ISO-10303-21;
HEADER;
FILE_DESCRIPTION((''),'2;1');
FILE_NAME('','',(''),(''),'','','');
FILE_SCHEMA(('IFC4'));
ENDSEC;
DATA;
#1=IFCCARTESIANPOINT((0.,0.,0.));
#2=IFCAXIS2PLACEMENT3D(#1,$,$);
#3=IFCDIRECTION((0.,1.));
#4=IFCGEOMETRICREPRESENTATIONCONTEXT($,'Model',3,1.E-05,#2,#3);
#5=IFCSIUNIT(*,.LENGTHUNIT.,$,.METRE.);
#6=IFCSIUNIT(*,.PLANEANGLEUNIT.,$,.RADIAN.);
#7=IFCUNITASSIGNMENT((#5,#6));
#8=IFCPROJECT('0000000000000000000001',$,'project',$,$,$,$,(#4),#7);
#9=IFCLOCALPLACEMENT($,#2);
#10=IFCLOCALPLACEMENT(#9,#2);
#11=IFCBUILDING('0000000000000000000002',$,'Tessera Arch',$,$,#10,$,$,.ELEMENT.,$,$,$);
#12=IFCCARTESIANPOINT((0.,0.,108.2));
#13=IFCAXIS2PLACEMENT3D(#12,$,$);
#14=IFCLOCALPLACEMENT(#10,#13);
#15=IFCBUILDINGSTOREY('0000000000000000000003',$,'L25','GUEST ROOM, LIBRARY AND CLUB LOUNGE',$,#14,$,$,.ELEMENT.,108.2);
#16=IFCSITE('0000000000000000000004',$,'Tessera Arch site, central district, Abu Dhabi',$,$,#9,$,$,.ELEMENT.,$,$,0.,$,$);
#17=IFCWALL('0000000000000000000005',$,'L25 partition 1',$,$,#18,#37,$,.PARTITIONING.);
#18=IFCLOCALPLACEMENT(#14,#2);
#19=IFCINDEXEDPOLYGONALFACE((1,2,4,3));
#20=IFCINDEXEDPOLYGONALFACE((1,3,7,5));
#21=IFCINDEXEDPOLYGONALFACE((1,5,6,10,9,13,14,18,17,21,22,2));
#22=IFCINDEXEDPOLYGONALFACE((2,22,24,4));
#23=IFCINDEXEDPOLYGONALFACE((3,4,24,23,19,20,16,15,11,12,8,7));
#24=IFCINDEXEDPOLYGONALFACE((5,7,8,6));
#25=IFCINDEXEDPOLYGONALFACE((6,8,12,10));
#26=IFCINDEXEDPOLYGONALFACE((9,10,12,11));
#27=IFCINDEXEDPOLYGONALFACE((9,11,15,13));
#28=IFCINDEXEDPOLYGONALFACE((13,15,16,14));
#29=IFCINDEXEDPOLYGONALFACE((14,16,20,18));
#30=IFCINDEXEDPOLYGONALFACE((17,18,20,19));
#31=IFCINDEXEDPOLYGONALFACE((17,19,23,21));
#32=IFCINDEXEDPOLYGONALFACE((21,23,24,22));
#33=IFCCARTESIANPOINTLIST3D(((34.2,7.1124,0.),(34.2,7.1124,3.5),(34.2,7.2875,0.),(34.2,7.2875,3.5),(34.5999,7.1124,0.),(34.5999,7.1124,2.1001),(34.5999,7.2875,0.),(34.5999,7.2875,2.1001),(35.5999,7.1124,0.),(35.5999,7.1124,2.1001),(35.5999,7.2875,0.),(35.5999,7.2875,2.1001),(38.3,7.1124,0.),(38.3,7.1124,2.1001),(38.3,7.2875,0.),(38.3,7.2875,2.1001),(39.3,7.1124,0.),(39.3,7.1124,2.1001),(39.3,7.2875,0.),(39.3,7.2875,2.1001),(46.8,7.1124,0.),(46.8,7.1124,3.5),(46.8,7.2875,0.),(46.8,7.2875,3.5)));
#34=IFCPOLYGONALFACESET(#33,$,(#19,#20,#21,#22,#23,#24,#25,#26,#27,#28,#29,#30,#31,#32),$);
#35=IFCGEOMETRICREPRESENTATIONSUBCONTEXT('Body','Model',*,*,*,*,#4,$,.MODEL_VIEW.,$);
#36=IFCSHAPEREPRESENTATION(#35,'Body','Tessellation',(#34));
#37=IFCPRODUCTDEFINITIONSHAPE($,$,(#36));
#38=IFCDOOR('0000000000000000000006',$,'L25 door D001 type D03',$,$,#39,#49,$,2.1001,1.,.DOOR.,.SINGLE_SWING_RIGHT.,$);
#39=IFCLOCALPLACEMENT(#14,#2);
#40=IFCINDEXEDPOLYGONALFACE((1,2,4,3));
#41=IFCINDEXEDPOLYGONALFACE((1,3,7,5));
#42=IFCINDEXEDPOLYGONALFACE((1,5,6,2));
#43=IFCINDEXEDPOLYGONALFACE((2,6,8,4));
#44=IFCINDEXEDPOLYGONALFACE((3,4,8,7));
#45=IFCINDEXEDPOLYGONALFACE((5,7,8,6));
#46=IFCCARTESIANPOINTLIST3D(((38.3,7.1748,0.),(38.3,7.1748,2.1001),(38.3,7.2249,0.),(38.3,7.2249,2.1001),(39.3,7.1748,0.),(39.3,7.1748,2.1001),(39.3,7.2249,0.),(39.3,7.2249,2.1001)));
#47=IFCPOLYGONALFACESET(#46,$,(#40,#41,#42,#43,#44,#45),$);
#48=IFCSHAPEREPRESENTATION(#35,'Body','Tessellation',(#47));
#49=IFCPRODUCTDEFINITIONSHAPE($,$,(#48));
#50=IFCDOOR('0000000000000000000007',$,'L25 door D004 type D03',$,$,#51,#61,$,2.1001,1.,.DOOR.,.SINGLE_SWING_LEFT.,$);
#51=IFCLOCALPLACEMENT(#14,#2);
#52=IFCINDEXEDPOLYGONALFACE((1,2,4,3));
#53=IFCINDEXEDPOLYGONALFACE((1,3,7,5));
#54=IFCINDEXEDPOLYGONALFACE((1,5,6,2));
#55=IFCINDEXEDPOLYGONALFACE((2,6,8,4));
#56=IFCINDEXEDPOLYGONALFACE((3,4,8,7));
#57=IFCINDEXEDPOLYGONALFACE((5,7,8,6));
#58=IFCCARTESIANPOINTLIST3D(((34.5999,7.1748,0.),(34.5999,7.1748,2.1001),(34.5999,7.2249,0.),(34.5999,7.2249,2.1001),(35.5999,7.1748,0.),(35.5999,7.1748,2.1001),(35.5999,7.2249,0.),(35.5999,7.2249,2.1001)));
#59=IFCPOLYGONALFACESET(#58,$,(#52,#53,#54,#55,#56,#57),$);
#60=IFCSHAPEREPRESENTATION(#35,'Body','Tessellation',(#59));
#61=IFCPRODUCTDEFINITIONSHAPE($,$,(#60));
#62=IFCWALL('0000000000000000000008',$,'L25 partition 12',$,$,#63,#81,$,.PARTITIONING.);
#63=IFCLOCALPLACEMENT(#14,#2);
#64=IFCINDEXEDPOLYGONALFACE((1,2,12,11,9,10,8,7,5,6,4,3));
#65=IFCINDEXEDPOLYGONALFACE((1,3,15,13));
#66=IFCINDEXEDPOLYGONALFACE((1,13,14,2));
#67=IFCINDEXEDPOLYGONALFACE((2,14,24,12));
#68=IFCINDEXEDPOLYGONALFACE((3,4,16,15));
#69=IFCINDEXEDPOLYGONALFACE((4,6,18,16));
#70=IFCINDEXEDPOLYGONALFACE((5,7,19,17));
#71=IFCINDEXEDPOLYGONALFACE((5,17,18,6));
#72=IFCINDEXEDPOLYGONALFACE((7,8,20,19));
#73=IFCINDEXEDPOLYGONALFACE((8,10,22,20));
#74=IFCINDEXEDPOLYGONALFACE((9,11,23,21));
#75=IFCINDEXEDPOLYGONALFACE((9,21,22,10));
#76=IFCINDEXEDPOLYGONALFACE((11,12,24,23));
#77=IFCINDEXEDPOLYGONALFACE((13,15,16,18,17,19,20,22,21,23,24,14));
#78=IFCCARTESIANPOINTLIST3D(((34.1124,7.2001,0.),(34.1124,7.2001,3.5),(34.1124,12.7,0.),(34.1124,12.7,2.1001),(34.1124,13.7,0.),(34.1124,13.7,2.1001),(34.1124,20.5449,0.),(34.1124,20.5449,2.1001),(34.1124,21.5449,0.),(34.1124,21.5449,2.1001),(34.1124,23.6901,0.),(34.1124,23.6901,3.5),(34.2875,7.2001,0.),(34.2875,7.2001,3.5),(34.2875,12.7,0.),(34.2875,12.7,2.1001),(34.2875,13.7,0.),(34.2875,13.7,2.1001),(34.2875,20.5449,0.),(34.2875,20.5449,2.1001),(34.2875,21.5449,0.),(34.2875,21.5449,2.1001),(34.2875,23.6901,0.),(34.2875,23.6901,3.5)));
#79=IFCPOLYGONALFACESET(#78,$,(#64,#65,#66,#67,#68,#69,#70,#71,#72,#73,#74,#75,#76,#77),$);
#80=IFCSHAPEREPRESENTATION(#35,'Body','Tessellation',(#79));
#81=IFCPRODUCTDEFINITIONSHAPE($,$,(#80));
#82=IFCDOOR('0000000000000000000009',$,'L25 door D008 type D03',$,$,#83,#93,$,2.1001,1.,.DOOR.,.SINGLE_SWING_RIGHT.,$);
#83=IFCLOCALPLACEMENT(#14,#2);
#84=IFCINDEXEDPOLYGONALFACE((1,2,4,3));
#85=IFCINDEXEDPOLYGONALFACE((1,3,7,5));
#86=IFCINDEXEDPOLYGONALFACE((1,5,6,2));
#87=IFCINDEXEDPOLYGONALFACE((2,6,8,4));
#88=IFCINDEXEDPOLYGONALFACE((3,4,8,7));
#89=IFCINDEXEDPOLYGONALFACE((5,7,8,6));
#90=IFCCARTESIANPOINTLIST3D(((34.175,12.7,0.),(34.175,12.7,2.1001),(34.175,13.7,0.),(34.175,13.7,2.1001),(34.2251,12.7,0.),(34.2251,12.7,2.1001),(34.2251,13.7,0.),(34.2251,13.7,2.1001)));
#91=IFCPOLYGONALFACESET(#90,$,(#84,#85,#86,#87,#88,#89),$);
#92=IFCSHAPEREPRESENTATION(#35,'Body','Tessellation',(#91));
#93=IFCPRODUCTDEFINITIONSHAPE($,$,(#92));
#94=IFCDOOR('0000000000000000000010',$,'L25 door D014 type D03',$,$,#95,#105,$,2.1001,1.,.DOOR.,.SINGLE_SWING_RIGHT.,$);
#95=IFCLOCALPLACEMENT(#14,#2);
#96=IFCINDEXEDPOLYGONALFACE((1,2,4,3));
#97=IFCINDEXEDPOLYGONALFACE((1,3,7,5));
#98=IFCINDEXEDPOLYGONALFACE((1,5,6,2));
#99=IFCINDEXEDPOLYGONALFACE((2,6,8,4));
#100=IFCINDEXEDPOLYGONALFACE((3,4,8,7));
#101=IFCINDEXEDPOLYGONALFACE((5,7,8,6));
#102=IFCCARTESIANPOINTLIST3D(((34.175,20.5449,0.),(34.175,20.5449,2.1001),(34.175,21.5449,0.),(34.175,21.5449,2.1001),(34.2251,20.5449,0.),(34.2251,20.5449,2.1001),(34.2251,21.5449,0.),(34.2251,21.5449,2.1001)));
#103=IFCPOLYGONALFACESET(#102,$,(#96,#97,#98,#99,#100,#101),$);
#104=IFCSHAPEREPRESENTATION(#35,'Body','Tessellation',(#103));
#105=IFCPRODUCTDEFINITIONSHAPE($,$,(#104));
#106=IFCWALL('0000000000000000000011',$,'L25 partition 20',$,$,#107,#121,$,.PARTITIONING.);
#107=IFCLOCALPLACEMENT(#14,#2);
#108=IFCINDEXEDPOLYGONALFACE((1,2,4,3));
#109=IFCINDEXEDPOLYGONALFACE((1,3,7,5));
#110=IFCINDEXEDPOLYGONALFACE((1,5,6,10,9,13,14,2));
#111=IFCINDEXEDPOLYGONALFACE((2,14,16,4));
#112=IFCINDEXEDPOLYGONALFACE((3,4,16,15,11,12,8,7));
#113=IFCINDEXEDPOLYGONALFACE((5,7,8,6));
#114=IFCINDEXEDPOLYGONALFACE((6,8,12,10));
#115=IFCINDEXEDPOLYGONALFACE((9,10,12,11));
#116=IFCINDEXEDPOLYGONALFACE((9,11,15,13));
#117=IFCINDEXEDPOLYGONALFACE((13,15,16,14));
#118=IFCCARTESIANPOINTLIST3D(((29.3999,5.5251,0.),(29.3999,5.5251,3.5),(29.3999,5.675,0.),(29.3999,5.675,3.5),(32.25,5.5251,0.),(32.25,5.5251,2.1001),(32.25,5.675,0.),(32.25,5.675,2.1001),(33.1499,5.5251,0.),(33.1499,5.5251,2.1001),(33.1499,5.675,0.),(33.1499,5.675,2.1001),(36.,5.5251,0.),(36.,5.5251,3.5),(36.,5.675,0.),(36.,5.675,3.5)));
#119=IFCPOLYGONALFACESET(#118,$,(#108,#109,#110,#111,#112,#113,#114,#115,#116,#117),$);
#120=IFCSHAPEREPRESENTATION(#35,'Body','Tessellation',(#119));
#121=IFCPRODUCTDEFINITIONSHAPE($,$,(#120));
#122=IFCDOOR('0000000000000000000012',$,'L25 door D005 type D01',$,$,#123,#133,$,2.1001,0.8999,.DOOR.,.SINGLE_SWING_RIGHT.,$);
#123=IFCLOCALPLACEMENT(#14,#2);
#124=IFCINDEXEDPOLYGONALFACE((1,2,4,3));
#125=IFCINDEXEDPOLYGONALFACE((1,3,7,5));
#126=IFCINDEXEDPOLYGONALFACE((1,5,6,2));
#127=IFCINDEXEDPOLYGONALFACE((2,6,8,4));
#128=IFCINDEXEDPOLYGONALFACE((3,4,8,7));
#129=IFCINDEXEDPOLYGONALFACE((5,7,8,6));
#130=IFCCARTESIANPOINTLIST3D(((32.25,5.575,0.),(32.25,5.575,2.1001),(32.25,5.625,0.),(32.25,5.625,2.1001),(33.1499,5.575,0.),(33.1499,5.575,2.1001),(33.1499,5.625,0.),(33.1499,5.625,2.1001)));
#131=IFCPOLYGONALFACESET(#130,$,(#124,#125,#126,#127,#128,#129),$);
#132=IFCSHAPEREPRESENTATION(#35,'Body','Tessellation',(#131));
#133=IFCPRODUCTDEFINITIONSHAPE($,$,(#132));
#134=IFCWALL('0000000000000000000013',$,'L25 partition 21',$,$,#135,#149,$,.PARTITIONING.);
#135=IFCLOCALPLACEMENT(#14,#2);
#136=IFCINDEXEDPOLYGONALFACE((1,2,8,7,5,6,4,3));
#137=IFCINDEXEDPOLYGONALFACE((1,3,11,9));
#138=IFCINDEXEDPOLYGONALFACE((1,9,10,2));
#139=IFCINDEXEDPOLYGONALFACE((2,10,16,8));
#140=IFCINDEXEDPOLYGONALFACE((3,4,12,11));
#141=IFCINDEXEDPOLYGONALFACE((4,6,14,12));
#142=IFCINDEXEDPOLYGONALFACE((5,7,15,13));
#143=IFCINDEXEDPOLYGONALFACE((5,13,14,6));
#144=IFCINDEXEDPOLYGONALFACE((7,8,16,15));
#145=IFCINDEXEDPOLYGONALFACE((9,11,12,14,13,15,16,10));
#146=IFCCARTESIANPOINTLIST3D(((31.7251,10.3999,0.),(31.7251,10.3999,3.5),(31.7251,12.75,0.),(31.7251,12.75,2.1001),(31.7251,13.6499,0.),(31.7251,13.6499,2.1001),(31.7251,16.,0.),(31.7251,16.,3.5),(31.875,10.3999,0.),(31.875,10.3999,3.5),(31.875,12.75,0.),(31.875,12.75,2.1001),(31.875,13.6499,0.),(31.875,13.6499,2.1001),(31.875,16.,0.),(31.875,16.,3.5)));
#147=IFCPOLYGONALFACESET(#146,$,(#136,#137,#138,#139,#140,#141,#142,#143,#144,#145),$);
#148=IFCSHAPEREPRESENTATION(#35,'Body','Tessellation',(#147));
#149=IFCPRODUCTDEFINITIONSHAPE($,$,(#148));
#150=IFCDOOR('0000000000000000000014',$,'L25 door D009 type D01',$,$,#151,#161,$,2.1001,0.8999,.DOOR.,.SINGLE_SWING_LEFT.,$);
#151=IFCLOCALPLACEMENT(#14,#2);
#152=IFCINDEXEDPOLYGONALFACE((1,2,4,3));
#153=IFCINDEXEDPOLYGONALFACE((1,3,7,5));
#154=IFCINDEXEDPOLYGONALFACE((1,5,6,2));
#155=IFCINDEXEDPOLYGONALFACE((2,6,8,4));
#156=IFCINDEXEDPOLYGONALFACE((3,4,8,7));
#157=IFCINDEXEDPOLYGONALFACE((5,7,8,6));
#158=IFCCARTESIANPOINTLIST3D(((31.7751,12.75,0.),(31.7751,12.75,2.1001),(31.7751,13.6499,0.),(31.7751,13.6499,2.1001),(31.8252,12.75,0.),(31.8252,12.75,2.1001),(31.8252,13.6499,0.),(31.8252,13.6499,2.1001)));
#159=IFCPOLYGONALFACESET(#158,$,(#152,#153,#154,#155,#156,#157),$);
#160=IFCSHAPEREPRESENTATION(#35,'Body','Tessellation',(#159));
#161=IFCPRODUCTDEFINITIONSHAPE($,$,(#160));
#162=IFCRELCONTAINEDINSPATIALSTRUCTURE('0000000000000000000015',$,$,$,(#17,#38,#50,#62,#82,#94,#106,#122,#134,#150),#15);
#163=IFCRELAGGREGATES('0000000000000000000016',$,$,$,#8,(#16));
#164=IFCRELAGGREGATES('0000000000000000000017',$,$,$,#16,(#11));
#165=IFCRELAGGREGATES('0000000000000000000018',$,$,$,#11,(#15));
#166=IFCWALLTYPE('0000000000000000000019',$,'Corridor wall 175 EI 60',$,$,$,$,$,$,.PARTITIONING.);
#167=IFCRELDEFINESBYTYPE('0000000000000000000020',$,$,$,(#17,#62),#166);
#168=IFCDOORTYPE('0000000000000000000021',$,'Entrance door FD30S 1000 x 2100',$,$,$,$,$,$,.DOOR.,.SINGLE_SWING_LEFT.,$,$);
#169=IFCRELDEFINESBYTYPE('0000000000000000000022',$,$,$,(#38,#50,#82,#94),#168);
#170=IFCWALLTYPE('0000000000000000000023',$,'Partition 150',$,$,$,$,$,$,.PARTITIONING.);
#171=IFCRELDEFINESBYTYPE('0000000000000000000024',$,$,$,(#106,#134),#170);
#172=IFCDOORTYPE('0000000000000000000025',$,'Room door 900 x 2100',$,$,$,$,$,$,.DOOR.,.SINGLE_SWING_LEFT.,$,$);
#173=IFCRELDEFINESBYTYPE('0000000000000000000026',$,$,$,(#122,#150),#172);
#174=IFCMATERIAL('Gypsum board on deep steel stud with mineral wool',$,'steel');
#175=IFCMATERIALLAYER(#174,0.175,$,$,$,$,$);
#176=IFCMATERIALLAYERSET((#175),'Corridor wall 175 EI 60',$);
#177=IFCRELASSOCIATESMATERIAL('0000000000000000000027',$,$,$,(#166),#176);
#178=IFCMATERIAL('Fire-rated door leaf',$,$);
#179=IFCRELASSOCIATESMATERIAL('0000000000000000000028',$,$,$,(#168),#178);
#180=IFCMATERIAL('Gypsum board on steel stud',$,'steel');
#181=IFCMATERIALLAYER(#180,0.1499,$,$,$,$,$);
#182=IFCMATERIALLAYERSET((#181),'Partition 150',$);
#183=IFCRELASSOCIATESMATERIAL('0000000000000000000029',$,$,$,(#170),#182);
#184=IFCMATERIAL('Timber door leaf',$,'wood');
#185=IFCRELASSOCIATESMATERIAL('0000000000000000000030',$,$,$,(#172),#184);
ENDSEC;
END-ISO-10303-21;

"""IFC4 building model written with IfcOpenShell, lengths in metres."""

from ifc_helpers import new_model, si_unit, direction, frame, frame_2d, origin, place, context, subcontext, project, spatial, rectangle, extrude, material, layer, layer_set, type_object, element, fill, save


model = new_model("IFC4")

# Units and contexts
model_context = context("Model", 3, precision=1e-05, world=origin(), true_north=direction((0.0, 1.0)))
body_context = subcontext(model_context, "Body", "Model", "MODEL_VIEW")
ifc_project = project(units=[si_unit("LENGTHUNIT", "METRE"), si_unit("PLANEANGLEUNIT", "RADIAN")], contexts=[model_context])

# Site, building, storey
site_placement = place(None, origin())
site = spatial("IfcSite", under=ifc_project, at=site_placement, Name="Tessera Arch site, central district, Abu Dhabi", CompositionType="ELEMENT", RefElevation=0.0)
building_placement = place(site_placement, origin())
building = spatial("IfcBuilding", under=site, at=building_placement, Name="Tessera Arch", CompositionType="ELEMENT")
storey_placement = place(building_placement, frame((0.0, 0.0, 108.2)))
storey = spatial("IfcBuildingStorey", under=building, at=storey_placement, Name="L25", Description="GUEST ROOM, LIBRARY AND CLUB LOUNGE", CompositionType="ELEMENT", Elevation=108.2)

# Walls, openings, doors
ifc_material_1 = material(Name="Gypsum board on deep steel stud with mineral wool", Category="steel")
ifc_layer_1 = layer(ifc_material_1, 0.175)
ifc_layer_set_1 = layer_set([ifc_layer_1], Name="Corridor wall 175 EI 60")
wall_type_1 = type_object("IfcWallType", Name="Corridor wall 175 EI 60", PredefinedType="PARTITIONING", material=ifc_layer_set_1)
wall_1_placement = place(storey_placement, frame((34.2, 7.2, 0.0), z_axis=(0.0, 0.0, 1.0), x_axis=(1.0, 0.0, 0.0)))
wall_1 = element("IfcWall", 1, at=wall_1_placement, inside=storey, type_object=wall_type_1, Name="L25 partition 1", PredefinedType="PARTITIONING", context=body_context, shape_type="SweptSolid", body=[
    extrude(rectangle(XDim=12.6001, YDim=0.175, at=frame_2d((6.3, 0.0))), origin(), (0.0, 0.0, 1.0), 3.5),
])
opening_1_placement = place(wall_1_placement, frame((4.1001, 0.0, 0.0)))
opening_1 = element("IfcOpeningElement", 2, at=opening_1_placement, cuts=wall_1, PredefinedType="OPENING", context=body_context, shape_type="SweptSolid", body=[
    extrude(rectangle(XDim=1.0, YDim=2.1001, at=frame_2d((0.5, 1.05))), frame((0.0, 0.0974, 0.0), z_axis=(0.0, -1.0, 0.0), x_axis=(1.0, 0.0, 0.0)), (0.0, 0.0, 1.0), 0.1951),
])
opening_2_placement = place(wall_1_placement, frame((0.3999, 0.0, 0.0)))
opening_2 = element("IfcOpeningElement", 3, at=opening_2_placement, cuts=wall_1, PredefinedType="OPENING", context=body_context, shape_type="SweptSolid", body=[
    extrude(rectangle(XDim=1.0, YDim=2.1001, at=frame_2d((0.5, 1.05))), frame((0.0, 0.0974, 0.0), z_axis=(0.0, -1.0, 0.0), x_axis=(1.0, 0.0, 0.0)), (0.0, 0.0, 1.0), 0.1951),
])
ifc_material_2 = material(Name="Fire-rated door leaf")
door_type_1 = type_object("IfcDoorType", Name="Entrance door FD30S 1000 x 2100", OperationType="SINGLE_SWING_LEFT", PredefinedType="DOOR", material=ifc_material_2)
door_1_placement = place(opening_1_placement, origin())
door_1 = element("IfcDoor", 4, at=door_1_placement, inside=storey, type_object=door_type_1, Name="L25 door D001 type D03", OperationType="SINGLE_SWING_RIGHT", OverallHeight=2.1001, OverallWidth=1.0, PredefinedType="DOOR", context=body_context, shape_type="SweptSolid", body=[
    extrude(rectangle(XDim=1.0, YDim=2.1001, at=frame_2d((0.5, 1.05))), frame((0.0, 0.0249, 0.0), z_axis=(0.0, -1.0, 0.0), x_axis=(1.0, 0.0, 0.0)), (0.0, 0.0, 1.0), 0.05),
])
fill(opening_1, door_1)
door_2_placement = place(opening_2_placement, origin())
door_2 = element("IfcDoor", 5, at=door_2_placement, inside=storey, type_object=door_type_1, Name="L25 door D004 type D03", OperationType="SINGLE_SWING_LEFT", OverallHeight=2.1001, OverallWidth=1.0, PredefinedType="DOOR", context=body_context, shape_type="SweptSolid", body=[
    extrude(rectangle(XDim=1.0, YDim=2.1001, at=frame_2d((0.5, 1.05))), frame((0.0, 0.0249, 0.0), z_axis=(0.0, -1.0, 0.0), x_axis=(1.0, 0.0, 0.0)), (0.0, 0.0, 1.0), 0.05),
])
fill(opening_2, door_2)
wall_2_placement = place(storey_placement, frame((34.2, 7.2, 0.0), z_axis=(0.0, 0.0, 1.0), x_axis=(0.0, 1.0, 0.0)))
wall_2 = element("IfcWall", 6, at=wall_2_placement, inside=storey, type_object=wall_type_1, Name="L25 partition 12", PredefinedType="PARTITIONING", context=body_context, shape_type="SweptSolid", body=[
    extrude(rectangle(XDim=16.49, YDim=0.175, at=frame_2d((8.2451, 0.0))), origin(), (0.0, 0.0, 1.0), 3.5),
])
opening_3_placement = place(wall_2_placement, frame((5.5, 0.0, 0.0)))
opening_3 = element("IfcOpeningElement", 7, at=opening_3_placement, cuts=wall_2, PredefinedType="OPENING", context=body_context, shape_type="SweptSolid", body=[
    extrude(rectangle(XDim=1.0, YDim=2.1001, at=frame_2d((0.5, 1.05))), frame((0.0, 0.0974, 0.0), z_axis=(0.0, -1.0, 0.0), x_axis=(1.0, 0.0, 0.0)), (0.0, 0.0, 1.0), 0.1951),
])
opening_4_placement = place(wall_2_placement, frame((13.345, 0.0, 0.0)))
opening_4 = element("IfcOpeningElement", 8, at=opening_4_placement, cuts=wall_2, PredefinedType="OPENING", context=body_context, shape_type="SweptSolid", body=[
    extrude(rectangle(XDim=1.0, YDim=2.1001, at=frame_2d((0.5, 1.05))), frame((0.0, 0.0974, 0.0), z_axis=(0.0, -1.0, 0.0), x_axis=(1.0, 0.0, 0.0)), (0.0, 0.0, 1.0), 0.1951),
])
door_3_placement = place(opening_3_placement, origin())
door_3 = element("IfcDoor", 9, at=door_3_placement, inside=storey, type_object=door_type_1, Name="L25 door D008 type D03", OperationType="SINGLE_SWING_RIGHT", OverallHeight=2.1001, OverallWidth=1.0, PredefinedType="DOOR", context=body_context, shape_type="SweptSolid", body=[
    extrude(rectangle(XDim=1.0, YDim=2.1001, at=frame_2d((0.5, 1.05))), frame((0.0, 0.0249, 0.0), z_axis=(0.0, -1.0, 0.0), x_axis=(1.0, 0.0, 0.0)), (0.0, 0.0, 1.0), 0.05),
])
fill(opening_3, door_3)
door_4_placement = place(opening_4_placement, origin())
door_4 = element("IfcDoor", 10, at=door_4_placement, inside=storey, type_object=door_type_1, Name="L25 door D014 type D03", OperationType="SINGLE_SWING_RIGHT", OverallHeight=2.1001, OverallWidth=1.0, PredefinedType="DOOR", context=body_context, shape_type="SweptSolid", body=[
    extrude(rectangle(XDim=1.0, YDim=2.1001, at=frame_2d((0.5, 1.05))), frame((0.0, 0.0249, 0.0), z_axis=(0.0, -1.0, 0.0), x_axis=(1.0, 0.0, 0.0)), (0.0, 0.0, 1.0), 0.05),
])
fill(opening_4, door_4)

# Walls, openings, doors
ifc_material_3 = material(Name="Gypsum board on steel stud", Category="steel")
ifc_layer_2 = layer(ifc_material_3, 0.1499)
ifc_layer_set_2 = layer_set([ifc_layer_2], Name="Partition 150")
wall_type_2 = type_object("IfcWallType", Name="Partition 150", PredefinedType="PARTITIONING", material=ifc_layer_set_2)
wall_3_placement = place(storey_placement, frame((29.3999, 5.6001, 0.0), z_axis=(0.0, 0.0, 1.0), x_axis=(1.0, 0.0, 0.0)))
wall_3 = element("IfcWall", 11, at=wall_3_placement, inside=storey, type_object=wall_type_2, Name="L25 partition 20", PredefinedType="PARTITIONING", context=body_context, shape_type="SweptSolid", body=[
    extrude(rectangle(XDim=6.6001, YDim=0.1499, at=frame_2d((3.3, 0.0))), origin(), (0.0, 0.0, 1.0), 3.5),
])
opening_5_placement = place(wall_3_placement, frame((2.8501, 0.0, 0.0)))
opening_5 = element("IfcOpeningElement", 12, at=opening_5_placement, cuts=wall_3, PredefinedType="OPENING", context=body_context, shape_type="SweptSolid", body=[
    extrude(rectangle(XDim=0.8999, YDim=2.1001, at=frame_2d((0.45, 1.05))), frame((0.0, 0.085, 0.0), z_axis=(0.0, -1.0, 0.0), x_axis=(1.0, 0.0, 0.0)), (0.0, 0.0, 1.0), 0.1699),
])
ifc_material_4 = material(Name="Timber door leaf", Category="wood")
door_type_2 = type_object("IfcDoorType", Name="Room door 900 x 2100", OperationType="SINGLE_SWING_LEFT", PredefinedType="DOOR", material=ifc_material_4)
door_5_placement = place(opening_5_placement, origin())
door_5 = element("IfcDoor", 13, at=door_5_placement, inside=storey, type_object=door_type_2, Name="L25 door D005 type D01", OperationType="SINGLE_SWING_RIGHT", OverallHeight=2.1001, OverallWidth=0.8999, PredefinedType="DOOR", context=body_context, shape_type="SweptSolid", body=[
    extrude(rectangle(XDim=0.8999, YDim=2.1001, at=frame_2d((0.45, 1.05))), frame((0.0, 0.0249, 0.0), z_axis=(0.0, -1.0, 0.0), x_axis=(1.0, 0.0, 0.0)), (0.0, 0.0, 1.0), 0.05),
])
fill(opening_5, door_5)
wall_4_placement = place(storey_placement, frame((31.8, 10.3999, 0.0), z_axis=(0.0, 0.0, 1.0), x_axis=(0.0, 1.0, 0.0)))
wall_4 = element("IfcWall", 14, at=wall_4_placement, inside=storey, type_object=wall_type_2, Name="L25 partition 21", PredefinedType="PARTITIONING", context=body_context, shape_type="SweptSolid", body=[
    extrude(rectangle(XDim=5.6001, YDim=0.1499, at=frame_2d((2.8, 0.0))), origin(), (0.0, 0.0, 1.0), 3.5),
])
opening_6_placement = place(wall_4_placement, frame((2.3501, 0.0, 0.0)))
opening_6 = element("IfcOpeningElement", 15, at=opening_6_placement, cuts=wall_4, PredefinedType="OPENING", context=body_context, shape_type="SweptSolid", body=[
    extrude(rectangle(XDim=0.8999, YDim=2.1001, at=frame_2d((0.45, 1.05))), frame((0.0, 0.085, 0.0), z_axis=(0.0, -1.0, 0.0), x_axis=(1.0, 0.0, 0.0)), (0.0, 0.0, 1.0), 0.1699),
])
door_6_placement = place(opening_6_placement, origin())
door_6 = element("IfcDoor", 16, at=door_6_placement, inside=storey, type_object=door_type_2, Name="L25 door D009 type D01", OperationType="SINGLE_SWING_LEFT", OverallHeight=2.1001, OverallWidth=0.8999, PredefinedType="DOOR", context=body_context, shape_type="SweptSolid", body=[
    extrude(rectangle(XDim=0.8999, YDim=2.1001, at=frame_2d((0.45, 1.05))), frame((0.0, 0.0249, 0.0), z_axis=(0.0, -1.0, 0.0), x_axis=(1.0, 0.0, 0.0)), (0.0, 0.0, 1.0), 0.05),
])
fill(opening_6, door_6)

save(model, "model.ifc")
